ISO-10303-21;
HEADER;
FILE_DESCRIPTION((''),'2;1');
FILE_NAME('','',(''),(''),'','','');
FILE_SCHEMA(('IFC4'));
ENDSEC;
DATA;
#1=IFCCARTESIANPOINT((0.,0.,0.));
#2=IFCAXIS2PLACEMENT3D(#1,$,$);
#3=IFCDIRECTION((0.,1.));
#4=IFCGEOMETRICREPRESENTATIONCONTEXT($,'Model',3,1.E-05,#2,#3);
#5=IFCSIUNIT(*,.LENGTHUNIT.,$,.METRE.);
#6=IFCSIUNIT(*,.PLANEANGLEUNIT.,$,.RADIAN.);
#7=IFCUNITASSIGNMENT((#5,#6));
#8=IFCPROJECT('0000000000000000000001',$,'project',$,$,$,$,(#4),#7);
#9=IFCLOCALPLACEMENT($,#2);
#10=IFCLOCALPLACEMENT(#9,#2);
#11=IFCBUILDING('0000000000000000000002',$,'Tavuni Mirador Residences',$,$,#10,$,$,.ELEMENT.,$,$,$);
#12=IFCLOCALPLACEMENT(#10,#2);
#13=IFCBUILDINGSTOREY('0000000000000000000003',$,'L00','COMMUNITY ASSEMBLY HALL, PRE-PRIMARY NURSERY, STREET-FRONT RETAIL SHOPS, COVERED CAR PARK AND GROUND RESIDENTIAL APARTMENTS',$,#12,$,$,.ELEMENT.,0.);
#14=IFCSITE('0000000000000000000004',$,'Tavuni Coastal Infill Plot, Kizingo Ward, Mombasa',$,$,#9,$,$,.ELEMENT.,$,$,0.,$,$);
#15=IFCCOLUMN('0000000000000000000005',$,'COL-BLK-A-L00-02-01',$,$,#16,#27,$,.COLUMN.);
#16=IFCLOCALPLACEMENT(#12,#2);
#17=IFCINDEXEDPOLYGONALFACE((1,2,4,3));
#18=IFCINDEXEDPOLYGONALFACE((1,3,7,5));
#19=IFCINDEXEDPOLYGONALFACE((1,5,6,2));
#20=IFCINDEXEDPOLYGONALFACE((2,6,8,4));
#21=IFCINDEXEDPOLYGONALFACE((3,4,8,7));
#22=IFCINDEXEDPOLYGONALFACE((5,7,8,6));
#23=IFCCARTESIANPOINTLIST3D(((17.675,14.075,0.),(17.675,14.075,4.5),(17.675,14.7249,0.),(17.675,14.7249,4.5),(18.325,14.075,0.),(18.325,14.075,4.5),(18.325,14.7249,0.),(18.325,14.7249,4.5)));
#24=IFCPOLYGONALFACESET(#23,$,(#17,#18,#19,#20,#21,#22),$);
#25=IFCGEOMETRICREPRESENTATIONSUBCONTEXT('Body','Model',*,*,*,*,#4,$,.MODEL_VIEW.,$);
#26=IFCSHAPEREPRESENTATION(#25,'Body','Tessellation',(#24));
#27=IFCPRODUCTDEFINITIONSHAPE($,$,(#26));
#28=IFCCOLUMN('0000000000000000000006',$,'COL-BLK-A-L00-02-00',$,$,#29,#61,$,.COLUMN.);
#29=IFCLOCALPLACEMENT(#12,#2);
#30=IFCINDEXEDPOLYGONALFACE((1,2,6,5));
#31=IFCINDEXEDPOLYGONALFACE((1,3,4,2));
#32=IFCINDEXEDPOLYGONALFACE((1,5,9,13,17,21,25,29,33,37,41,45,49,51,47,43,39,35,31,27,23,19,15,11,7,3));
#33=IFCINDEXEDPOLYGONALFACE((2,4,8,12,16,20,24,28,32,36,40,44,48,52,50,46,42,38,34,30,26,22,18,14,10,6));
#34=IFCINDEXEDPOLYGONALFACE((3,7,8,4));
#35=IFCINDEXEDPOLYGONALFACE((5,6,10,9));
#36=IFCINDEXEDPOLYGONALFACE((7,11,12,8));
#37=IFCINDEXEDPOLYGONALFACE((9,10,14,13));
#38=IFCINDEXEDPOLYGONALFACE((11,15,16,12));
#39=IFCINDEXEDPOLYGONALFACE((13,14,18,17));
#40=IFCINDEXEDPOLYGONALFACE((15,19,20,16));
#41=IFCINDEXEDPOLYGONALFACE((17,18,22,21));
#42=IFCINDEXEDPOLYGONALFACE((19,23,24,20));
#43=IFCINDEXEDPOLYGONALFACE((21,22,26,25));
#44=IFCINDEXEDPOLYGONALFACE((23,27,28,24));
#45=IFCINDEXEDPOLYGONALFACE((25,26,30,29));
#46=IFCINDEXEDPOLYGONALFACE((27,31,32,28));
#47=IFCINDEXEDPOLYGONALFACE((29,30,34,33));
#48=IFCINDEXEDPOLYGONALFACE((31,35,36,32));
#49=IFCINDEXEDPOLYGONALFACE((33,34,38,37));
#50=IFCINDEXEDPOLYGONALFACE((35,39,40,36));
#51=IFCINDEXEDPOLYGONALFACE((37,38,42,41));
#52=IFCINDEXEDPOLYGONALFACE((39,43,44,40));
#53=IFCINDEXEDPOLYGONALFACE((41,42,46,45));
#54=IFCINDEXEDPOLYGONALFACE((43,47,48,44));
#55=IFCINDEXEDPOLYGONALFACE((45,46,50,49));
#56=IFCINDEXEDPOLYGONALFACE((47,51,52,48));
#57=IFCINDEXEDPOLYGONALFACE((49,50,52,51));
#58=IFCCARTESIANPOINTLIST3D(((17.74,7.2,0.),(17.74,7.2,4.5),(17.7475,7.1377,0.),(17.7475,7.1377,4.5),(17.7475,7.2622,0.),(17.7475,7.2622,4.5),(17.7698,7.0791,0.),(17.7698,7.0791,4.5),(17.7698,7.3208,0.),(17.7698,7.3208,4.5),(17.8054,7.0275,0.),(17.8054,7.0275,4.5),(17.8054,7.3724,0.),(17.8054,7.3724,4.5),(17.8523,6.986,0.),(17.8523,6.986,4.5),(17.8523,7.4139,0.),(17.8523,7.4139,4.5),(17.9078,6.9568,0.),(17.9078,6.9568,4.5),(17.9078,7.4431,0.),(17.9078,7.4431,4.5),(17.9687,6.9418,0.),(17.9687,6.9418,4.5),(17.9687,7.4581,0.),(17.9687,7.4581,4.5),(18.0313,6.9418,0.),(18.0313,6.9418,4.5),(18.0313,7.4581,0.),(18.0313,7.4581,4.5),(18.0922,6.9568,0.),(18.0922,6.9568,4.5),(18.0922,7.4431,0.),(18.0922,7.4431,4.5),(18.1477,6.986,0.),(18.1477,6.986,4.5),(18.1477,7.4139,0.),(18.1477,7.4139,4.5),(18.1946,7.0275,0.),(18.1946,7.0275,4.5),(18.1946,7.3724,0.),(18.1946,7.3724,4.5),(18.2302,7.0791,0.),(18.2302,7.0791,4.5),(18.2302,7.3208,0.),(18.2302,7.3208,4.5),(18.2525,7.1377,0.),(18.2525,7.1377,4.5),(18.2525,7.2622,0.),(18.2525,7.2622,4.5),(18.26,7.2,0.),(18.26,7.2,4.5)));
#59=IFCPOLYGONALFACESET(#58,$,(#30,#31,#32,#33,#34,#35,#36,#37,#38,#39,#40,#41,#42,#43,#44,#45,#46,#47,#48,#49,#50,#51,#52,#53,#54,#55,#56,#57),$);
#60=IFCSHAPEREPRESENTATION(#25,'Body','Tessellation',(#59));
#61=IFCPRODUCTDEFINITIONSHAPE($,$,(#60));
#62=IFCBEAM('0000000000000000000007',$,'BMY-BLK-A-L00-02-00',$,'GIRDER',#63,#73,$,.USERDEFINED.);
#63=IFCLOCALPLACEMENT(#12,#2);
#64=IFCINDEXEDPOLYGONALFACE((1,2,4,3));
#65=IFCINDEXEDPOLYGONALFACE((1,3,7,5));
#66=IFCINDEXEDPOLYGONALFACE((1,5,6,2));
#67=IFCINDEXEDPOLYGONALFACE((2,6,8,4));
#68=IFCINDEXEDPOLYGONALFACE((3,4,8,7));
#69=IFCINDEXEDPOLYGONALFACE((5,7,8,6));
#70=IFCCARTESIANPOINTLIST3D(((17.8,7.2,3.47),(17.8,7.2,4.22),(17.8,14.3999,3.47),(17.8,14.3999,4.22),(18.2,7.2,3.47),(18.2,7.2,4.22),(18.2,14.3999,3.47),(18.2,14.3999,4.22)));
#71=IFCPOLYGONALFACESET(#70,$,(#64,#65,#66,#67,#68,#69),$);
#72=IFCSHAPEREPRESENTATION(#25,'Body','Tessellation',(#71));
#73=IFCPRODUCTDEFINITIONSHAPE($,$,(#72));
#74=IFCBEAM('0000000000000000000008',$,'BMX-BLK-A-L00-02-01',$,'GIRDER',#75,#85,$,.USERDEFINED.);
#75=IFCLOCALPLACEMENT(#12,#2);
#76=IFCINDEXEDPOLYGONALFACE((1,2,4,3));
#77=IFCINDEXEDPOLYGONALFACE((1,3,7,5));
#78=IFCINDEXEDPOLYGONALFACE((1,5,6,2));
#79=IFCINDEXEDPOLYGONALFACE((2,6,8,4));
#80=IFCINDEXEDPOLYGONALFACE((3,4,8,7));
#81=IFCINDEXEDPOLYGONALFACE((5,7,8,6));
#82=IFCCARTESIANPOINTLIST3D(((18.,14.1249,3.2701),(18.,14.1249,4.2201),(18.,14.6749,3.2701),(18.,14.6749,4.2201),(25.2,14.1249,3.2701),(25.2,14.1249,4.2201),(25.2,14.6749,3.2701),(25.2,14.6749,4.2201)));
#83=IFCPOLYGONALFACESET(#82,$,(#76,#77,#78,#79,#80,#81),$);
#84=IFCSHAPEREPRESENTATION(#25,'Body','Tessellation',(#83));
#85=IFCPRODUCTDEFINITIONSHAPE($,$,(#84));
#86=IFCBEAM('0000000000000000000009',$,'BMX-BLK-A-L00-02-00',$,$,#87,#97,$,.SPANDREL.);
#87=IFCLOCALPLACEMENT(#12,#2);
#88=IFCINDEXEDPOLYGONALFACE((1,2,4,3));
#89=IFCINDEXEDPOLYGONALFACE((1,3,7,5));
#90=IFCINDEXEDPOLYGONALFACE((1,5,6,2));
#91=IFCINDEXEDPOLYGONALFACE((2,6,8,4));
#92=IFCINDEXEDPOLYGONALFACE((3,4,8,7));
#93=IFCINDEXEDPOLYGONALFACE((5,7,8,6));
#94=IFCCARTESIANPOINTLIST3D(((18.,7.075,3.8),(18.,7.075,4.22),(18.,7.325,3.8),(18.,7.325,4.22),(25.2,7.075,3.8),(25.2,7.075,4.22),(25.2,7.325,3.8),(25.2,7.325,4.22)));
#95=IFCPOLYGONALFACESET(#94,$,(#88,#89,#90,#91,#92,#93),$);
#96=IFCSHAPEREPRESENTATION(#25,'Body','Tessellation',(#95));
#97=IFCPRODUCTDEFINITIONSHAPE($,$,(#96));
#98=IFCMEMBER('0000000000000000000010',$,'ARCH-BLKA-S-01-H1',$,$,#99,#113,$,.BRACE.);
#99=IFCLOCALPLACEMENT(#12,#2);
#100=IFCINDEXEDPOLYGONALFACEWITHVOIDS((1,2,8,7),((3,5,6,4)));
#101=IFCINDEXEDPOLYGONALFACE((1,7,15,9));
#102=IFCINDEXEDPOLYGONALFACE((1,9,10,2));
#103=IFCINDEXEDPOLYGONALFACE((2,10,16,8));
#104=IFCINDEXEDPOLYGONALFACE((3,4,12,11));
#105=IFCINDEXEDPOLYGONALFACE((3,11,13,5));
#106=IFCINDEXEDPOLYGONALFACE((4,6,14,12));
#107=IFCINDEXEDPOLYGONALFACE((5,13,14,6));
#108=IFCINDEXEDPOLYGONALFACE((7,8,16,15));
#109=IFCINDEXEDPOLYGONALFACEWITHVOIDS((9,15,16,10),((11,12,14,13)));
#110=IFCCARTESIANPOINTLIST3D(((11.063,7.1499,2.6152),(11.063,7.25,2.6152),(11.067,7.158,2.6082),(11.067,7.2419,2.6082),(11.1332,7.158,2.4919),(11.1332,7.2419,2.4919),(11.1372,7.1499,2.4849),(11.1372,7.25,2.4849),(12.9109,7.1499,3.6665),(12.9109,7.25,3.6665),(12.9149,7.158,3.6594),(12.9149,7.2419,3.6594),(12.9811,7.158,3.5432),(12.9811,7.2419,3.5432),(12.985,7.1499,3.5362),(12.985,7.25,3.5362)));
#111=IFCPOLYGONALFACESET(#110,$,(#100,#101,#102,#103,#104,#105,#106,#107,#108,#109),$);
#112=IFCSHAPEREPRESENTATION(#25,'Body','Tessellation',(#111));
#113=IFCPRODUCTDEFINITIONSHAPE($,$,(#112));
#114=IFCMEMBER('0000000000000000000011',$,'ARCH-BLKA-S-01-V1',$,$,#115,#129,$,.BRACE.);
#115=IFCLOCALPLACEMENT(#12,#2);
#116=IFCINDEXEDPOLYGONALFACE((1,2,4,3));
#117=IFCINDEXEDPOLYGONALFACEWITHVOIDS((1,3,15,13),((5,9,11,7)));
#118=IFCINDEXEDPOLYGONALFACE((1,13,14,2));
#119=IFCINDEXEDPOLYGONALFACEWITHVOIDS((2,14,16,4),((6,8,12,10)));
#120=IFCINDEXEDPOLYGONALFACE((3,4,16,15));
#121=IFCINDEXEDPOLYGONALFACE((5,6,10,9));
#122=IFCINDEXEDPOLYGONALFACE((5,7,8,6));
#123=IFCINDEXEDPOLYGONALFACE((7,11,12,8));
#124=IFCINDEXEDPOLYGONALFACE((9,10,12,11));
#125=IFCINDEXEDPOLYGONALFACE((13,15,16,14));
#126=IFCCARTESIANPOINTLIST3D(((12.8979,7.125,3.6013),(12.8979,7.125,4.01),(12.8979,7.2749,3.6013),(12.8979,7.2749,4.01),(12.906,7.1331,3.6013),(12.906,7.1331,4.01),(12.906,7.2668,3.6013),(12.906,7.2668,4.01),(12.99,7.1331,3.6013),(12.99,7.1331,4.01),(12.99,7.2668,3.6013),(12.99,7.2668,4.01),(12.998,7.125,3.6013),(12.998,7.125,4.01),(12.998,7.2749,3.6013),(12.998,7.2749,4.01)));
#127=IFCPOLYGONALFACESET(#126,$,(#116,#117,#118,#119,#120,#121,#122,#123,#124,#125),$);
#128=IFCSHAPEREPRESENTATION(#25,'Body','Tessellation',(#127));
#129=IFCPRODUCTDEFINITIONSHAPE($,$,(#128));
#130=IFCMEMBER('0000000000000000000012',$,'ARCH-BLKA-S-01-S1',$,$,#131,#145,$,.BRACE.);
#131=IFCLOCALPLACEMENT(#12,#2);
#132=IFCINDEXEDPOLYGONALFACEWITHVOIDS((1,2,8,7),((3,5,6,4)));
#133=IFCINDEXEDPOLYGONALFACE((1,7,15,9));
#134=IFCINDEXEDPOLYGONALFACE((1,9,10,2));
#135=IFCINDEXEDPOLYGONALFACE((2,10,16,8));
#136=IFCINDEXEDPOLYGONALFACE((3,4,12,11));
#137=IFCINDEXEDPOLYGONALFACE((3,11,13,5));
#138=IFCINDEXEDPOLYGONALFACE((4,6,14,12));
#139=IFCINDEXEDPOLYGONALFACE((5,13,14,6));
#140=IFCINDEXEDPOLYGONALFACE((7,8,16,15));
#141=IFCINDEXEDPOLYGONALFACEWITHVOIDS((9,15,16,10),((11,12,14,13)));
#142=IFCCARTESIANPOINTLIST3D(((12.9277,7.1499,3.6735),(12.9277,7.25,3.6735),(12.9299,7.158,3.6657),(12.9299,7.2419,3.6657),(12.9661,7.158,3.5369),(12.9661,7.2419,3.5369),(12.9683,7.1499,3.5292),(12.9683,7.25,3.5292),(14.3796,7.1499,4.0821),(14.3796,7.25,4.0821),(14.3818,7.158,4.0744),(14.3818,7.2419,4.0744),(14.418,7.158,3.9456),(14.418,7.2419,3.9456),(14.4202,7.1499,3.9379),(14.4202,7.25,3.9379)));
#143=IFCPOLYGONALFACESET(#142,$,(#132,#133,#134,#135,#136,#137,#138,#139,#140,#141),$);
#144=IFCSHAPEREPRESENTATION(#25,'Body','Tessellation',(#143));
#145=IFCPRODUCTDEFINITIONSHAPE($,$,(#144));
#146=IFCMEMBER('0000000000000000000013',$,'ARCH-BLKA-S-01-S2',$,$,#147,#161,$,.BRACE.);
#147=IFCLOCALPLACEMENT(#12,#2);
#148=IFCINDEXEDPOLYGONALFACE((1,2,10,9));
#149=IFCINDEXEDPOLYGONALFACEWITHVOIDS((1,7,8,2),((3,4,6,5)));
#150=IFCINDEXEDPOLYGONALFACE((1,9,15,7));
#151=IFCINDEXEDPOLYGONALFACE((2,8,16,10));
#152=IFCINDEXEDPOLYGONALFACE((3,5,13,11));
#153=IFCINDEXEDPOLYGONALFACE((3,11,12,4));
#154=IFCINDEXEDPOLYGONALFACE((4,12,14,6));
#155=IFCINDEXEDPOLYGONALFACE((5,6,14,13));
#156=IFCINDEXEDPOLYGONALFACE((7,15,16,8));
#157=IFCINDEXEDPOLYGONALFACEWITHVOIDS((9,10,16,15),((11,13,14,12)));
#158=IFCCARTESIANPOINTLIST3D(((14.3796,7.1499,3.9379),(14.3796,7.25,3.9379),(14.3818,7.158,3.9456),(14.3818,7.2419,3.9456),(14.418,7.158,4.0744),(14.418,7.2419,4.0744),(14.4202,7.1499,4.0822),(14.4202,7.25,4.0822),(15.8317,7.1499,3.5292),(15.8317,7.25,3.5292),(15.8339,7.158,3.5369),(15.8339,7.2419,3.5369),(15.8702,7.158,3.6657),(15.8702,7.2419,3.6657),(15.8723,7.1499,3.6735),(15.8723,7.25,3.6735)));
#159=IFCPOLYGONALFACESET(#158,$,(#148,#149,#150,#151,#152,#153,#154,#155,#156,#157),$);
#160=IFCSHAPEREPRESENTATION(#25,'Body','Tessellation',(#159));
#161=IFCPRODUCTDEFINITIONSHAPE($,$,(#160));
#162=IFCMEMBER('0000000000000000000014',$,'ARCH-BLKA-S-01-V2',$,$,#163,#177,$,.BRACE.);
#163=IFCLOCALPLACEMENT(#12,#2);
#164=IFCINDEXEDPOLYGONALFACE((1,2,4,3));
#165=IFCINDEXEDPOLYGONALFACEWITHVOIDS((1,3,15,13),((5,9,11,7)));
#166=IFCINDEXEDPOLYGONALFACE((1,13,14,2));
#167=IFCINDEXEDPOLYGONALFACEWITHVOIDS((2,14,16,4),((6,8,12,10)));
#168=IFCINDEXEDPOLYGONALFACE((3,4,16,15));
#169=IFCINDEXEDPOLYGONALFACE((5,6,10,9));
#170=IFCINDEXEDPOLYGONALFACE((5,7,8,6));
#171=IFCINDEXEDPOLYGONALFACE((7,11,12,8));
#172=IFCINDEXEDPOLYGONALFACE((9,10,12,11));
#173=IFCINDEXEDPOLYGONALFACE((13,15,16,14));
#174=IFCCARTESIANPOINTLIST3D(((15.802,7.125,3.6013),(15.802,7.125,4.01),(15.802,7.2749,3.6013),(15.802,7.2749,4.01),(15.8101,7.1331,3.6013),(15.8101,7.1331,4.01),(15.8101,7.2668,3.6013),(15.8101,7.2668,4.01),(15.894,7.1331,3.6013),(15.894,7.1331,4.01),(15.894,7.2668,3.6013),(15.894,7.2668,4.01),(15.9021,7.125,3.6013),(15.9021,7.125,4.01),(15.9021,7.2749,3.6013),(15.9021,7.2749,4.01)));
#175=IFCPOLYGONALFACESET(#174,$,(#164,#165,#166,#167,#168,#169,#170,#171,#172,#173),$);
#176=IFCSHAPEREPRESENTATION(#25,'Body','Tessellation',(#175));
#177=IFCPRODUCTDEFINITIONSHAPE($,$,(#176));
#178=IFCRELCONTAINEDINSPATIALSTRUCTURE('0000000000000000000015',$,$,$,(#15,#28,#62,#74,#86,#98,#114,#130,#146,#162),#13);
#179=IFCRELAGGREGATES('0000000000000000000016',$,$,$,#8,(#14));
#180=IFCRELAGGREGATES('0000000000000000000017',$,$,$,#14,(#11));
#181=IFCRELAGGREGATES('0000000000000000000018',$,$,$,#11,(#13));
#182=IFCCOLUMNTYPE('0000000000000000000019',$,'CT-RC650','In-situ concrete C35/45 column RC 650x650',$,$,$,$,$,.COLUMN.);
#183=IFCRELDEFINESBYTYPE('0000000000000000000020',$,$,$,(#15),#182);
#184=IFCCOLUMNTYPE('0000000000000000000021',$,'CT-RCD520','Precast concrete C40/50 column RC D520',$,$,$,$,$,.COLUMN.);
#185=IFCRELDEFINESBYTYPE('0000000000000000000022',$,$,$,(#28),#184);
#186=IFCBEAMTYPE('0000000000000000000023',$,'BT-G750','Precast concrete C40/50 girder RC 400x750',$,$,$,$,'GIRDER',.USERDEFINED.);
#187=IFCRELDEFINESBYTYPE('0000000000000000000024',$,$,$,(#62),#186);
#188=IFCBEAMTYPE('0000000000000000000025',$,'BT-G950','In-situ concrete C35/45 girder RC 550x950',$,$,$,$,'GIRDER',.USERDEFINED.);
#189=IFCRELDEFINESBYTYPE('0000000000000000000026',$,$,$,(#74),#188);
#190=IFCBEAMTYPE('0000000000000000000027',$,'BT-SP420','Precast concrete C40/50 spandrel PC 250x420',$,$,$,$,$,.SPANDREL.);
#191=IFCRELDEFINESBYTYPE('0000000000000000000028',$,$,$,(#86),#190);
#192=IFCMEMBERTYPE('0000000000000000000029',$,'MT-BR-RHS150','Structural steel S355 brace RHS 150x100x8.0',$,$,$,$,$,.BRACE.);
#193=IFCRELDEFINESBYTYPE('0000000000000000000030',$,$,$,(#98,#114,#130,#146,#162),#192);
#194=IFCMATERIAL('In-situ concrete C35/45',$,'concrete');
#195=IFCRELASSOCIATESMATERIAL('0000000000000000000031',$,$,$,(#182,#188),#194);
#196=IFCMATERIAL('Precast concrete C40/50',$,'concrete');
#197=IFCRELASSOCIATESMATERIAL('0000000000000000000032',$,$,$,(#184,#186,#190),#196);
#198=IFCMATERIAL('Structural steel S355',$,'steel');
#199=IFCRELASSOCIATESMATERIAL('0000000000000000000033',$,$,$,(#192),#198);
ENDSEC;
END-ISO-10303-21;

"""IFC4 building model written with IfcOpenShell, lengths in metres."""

from ifc_helpers import new_model, si_unit, direction, frame, origin, origin_2d, place, context, subcontext, project, spatial, rectangle, hollow_rectangle, circle, extrude, material, material_profile, profile_set, type_object, element, save


model = new_model("IFC4")

# Units and contexts
model_context = context("Model", 3, precision=1e-05, world=origin(), true_north=direction((0.0, 1.0)))
body_context = subcontext(model_context, "Body", "Model", "MODEL_VIEW")
ifc_project = project(units=[si_unit("LENGTHUNIT", "METRE"), si_unit("PLANEANGLEUNIT", "RADIAN")], contexts=[model_context])

# Site, building, storey
site_placement = place(None, origin())
site = spatial("IfcSite", under=ifc_project, at=site_placement, Name="Tavuni Coastal Infill Plot, Kizingo Ward, Mombasa", CompositionType="ELEMENT", RefElevation=0.0)
building_placement = place(site_placement, origin())
building = spatial("IfcBuilding", under=site, at=building_placement, Name="Tavuni Mirador Residences", CompositionType="ELEMENT")
storey_placement = place(building_placement, origin())
storey = spatial("IfcBuildingStorey", under=building, at=storey_placement, Name="L00", Description="COMMUNITY ASSEMBLY HALL, PRE-PRIMARY NURSERY, STREET-FRONT RETAIL SHOPS, COVERED CAR PARK AND GROUND RESIDENTIAL APARTMENTS", CompositionType="ELEMENT", Elevation=0.0)

# Columns
ifc_material_1 = material(Name="In-situ concrete C35/45", Category="concrete")
ifc_material_profile_1 = material_profile(ifc_material_1, rectangle(XDim=0.6499, YDim=0.6499, at=origin_2d()), Name="RC 650x650", Category="concrete")
ifc_profile_set_1 = profile_set([ifc_material_profile_1], Name="In-situ concrete C35/45")
column_type_1 = type_object("IfcColumnType", Name="CT-RC650", Description="In-situ concrete C35/45 column RC 650x650", PredefinedType="COLUMN", material=ifc_profile_set_1)
column_1_placement = place(storey_placement, frame((18.0, 14.3999, 0.0), z_axis=(0.0, 0.0, 1.0), x_axis=(1.0, 0.0, 0.0)))
element("IfcColumn", 1, at=column_1_placement, inside=storey, type_object=column_type_1, Name="COL-BLK-A-L00-02-01", PredefinedType="COLUMN", context=body_context, shape_type="SweptSolid", body=[
    extrude(rectangle(XDim=0.6499, YDim=0.6499, at=origin_2d()), origin(), (0.0, 0.0, 1.0), 4.5),
])
ifc_material_2 = material(Name="Precast concrete C40/50", Category="concrete")
ifc_material_profile_2 = material_profile(ifc_material_2, circle(Radius=0.26, at=origin_2d()), Name="RC D520", Category="concrete")
ifc_profile_set_2 = profile_set([ifc_material_profile_2], Name="Precast concrete C40/50")
column_type_2 = type_object("IfcColumnType", Name="CT-RCD520", Description="Precast concrete C40/50 column RC D520", PredefinedType="COLUMN", material=ifc_profile_set_2)
column_2_placement = place(storey_placement, frame((18.0, 7.2, 0.0), z_axis=(0.0, 0.0, 1.0), x_axis=(1.0, 0.0, 0.0)))
element("IfcColumn", 2, at=column_2_placement, inside=storey, type_object=column_type_2, Name="COL-BLK-A-L00-02-00", PredefinedType="COLUMN", context=body_context, shape_type="SweptSolid", body=[
    extrude(circle(Radius=0.26, at=origin_2d()), origin(), (0.0, 0.0, 1.0), 4.5),
])

# Beams
ifc_material_profile_3 = material_profile(ifc_material_2, rectangle(XDim=0.3999, YDim=0.75, at=origin_2d()), Name="RC 400x750", Category="concrete")
ifc_profile_set_3 = profile_set([ifc_material_profile_3], Name="Precast concrete C40/50")
beam_type_1 = type_object("IfcBeamType", Name="BT-G750", Description="Precast concrete C40/50 girder RC 400x750", ElementType="GIRDER", PredefinedType="USERDEFINED", material=ifc_profile_set_3)
beam_1_placement = place(storey_placement, frame((18.0, 7.2, 3.845), z_axis=(0.0, 1.0, 0.0), x_axis=(-1.0, 0.0, 0.0)))
element("IfcBeam", 3, at=beam_1_placement, inside=storey, type_object=beam_type_1, Name="BMY-BLK-A-L00-02-00", ObjectType="GIRDER", PredefinedType="USERDEFINED", context=body_context, shape_type="SweptSolid", body=[
    extrude(rectangle(XDim=0.3999, YDim=0.75, at=origin_2d()), origin(), (0.0, 0.0, 1.0), 7.2),
])
ifc_material_profile_4 = material_profile(ifc_material_1, rectangle(XDim=0.55, YDim=0.95, at=origin_2d()), Name="RC 550x950", Category="concrete")
ifc_profile_set_4 = profile_set([ifc_material_profile_4], Name="In-situ concrete C35/45")
beam_type_2 = type_object("IfcBeamType", Name="BT-G950", Description="In-situ concrete C35/45 girder RC 550x950", ElementType="GIRDER", PredefinedType="USERDEFINED", material=ifc_profile_set_4)
beam_2_placement = place(storey_placement, frame((18.0, 14.3999, 3.7451), z_axis=(1.0, 0.0, 0.0), x_axis=(0.0, 1.0, 0.0)))
element("IfcBeam", 4, at=beam_2_placement, inside=storey, type_object=beam_type_2, Name="BMX-BLK-A-L00-02-01", ObjectType="GIRDER", PredefinedType="USERDEFINED", context=body_context, shape_type="SweptSolid", body=[
    extrude(rectangle(XDim=0.55, YDim=0.95, at=origin_2d()), origin(), (0.0, 0.0, 1.0), 7.2),
])
ifc_material_profile_5 = material_profile(ifc_material_2, rectangle(XDim=0.25, YDim=0.4199, at=origin_2d()), Name="PC 250x420", Category="concrete")
ifc_profile_set_5 = profile_set([ifc_material_profile_5], Name="Precast concrete C40/50")
beam_type_3 = type_object("IfcBeamType", Name="BT-SP420", Description="Precast concrete C40/50 spandrel PC 250x420", PredefinedType="SPANDREL", material=ifc_profile_set_5)
beam_3_placement = place(storey_placement, frame((18.0, 7.2, 4.01), z_axis=(1.0, 0.0, 0.0), x_axis=(0.0, 1.0, 0.0)))
element("IfcBeam", 5, at=beam_3_placement, inside=storey, type_object=beam_type_3, Name="BMX-BLK-A-L00-02-00", PredefinedType="SPANDREL", context=body_context, shape_type="SweptSolid", body=[
    extrude(rectangle(XDim=0.25, YDim=0.4199, at=origin_2d()), origin(), (0.0, 0.0, 1.0), 7.2),
])

# Members
ifc_material_3 = material(Name="Structural steel S355", Category="steel")
ifc_material_profile_6 = material_profile(ifc_material_3, hollow_rectangle(XDim=0.1001, YDim=0.1499, WallThickness=0.0081, at=origin_2d()), Name="RHS 150x100x8.0", Category="steel")
ifc_profile_set_6 = profile_set([ifc_material_profile_6], Name="Structural steel S355")
member_type = type_object("IfcMemberType", Name="MT-BR-RHS150", Description="Structural steel S355 brace RHS 150x100x8.0", PredefinedType="BRACE", material=ifc_profile_set_6)
member_1_placement = place(storey_placement, frame((11.1001, 7.2, 2.55), z_axis=(0.869189, 0.0, 0.494481), x_axis=(0.0, 1.0, 0.0)))
element("IfcMember", 6, at=member_1_placement, inside=storey, type_object=member_type, Name="ARCH-BLKA-S-01-H1", PredefinedType="BRACE", context=body_context, shape_type="SweptSolid", body=[
    extrude(hollow_rectangle(XDim=0.1001, YDim=0.1499, WallThickness=0.0081, at=origin_2d()), origin(), (0.0, 0.0, 1.0), 2.126),
])
member_2_placement = place(storey_placement, frame((12.948, 7.2, 3.6013), z_axis=(0.0, 0.0, 1.0), x_axis=(1.0, 0.0, 0.0)))
element("IfcMember", 7, at=member_2_placement, inside=storey, type_object=member_type, Name="ARCH-BLKA-S-01-V1", PredefinedType="BRACE", context=body_context, shape_type="SweptSolid", body=[
    extrude(hollow_rectangle(XDim=0.1001, YDim=0.1499, WallThickness=0.0081, at=origin_2d()), origin(), (0.0, 0.0, 1.0), 0.4087),
])
member_3_placement = place(storey_placement, frame((12.948, 7.2, 3.6013), z_axis=(0.962592, 0.0, 0.270957), x_axis=(0.0, 1.0, 0.0)))
element("IfcMember", 8, at=member_3_placement, inside=storey, type_object=member_type, Name="ARCH-BLKA-S-01-S1", PredefinedType="BRACE", context=body_context, shape_type="SweptSolid", body=[
    extrude(hollow_rectangle(XDim=0.1001, YDim=0.1499, WallThickness=0.0081, at=origin_2d()), origin(), (0.0, 0.0, 1.0), 1.5083),
])
member_4_placement = place(storey_placement, frame((14.3999, 7.2, 4.01), z_axis=(0.962603, 0.0, -0.270914), x_axis=(0.0, 1.0, 0.0)))
element("IfcMember", 9, at=member_4_placement, inside=storey, type_object=member_type, Name="ARCH-BLKA-S-01-S2", PredefinedType="BRACE", context=body_context, shape_type="SweptSolid", body=[
    extrude(hollow_rectangle(XDim=0.1001, YDim=0.1499, WallThickness=0.0081, at=origin_2d()), origin(), (0.0, 0.0, 1.0), 1.5085),
])
member_5_placement = place(storey_placement, frame((15.8521, 7.2, 3.6013), z_axis=(0.0, 0.0, 1.0), x_axis=(1.0, 0.0, 0.0)))
element("IfcMember", 10, at=member_5_placement, inside=storey, type_object=member_type, Name="ARCH-BLKA-S-01-V2", PredefinedType="BRACE", context=body_context, shape_type="SweptSolid", body=[
    extrude(hollow_rectangle(XDim=0.1001, YDim=0.1499, WallThickness=0.0081, at=origin_2d()), origin(), (0.0, 0.0, 1.0), 0.4087),
])

save(model, "model.ifc")
